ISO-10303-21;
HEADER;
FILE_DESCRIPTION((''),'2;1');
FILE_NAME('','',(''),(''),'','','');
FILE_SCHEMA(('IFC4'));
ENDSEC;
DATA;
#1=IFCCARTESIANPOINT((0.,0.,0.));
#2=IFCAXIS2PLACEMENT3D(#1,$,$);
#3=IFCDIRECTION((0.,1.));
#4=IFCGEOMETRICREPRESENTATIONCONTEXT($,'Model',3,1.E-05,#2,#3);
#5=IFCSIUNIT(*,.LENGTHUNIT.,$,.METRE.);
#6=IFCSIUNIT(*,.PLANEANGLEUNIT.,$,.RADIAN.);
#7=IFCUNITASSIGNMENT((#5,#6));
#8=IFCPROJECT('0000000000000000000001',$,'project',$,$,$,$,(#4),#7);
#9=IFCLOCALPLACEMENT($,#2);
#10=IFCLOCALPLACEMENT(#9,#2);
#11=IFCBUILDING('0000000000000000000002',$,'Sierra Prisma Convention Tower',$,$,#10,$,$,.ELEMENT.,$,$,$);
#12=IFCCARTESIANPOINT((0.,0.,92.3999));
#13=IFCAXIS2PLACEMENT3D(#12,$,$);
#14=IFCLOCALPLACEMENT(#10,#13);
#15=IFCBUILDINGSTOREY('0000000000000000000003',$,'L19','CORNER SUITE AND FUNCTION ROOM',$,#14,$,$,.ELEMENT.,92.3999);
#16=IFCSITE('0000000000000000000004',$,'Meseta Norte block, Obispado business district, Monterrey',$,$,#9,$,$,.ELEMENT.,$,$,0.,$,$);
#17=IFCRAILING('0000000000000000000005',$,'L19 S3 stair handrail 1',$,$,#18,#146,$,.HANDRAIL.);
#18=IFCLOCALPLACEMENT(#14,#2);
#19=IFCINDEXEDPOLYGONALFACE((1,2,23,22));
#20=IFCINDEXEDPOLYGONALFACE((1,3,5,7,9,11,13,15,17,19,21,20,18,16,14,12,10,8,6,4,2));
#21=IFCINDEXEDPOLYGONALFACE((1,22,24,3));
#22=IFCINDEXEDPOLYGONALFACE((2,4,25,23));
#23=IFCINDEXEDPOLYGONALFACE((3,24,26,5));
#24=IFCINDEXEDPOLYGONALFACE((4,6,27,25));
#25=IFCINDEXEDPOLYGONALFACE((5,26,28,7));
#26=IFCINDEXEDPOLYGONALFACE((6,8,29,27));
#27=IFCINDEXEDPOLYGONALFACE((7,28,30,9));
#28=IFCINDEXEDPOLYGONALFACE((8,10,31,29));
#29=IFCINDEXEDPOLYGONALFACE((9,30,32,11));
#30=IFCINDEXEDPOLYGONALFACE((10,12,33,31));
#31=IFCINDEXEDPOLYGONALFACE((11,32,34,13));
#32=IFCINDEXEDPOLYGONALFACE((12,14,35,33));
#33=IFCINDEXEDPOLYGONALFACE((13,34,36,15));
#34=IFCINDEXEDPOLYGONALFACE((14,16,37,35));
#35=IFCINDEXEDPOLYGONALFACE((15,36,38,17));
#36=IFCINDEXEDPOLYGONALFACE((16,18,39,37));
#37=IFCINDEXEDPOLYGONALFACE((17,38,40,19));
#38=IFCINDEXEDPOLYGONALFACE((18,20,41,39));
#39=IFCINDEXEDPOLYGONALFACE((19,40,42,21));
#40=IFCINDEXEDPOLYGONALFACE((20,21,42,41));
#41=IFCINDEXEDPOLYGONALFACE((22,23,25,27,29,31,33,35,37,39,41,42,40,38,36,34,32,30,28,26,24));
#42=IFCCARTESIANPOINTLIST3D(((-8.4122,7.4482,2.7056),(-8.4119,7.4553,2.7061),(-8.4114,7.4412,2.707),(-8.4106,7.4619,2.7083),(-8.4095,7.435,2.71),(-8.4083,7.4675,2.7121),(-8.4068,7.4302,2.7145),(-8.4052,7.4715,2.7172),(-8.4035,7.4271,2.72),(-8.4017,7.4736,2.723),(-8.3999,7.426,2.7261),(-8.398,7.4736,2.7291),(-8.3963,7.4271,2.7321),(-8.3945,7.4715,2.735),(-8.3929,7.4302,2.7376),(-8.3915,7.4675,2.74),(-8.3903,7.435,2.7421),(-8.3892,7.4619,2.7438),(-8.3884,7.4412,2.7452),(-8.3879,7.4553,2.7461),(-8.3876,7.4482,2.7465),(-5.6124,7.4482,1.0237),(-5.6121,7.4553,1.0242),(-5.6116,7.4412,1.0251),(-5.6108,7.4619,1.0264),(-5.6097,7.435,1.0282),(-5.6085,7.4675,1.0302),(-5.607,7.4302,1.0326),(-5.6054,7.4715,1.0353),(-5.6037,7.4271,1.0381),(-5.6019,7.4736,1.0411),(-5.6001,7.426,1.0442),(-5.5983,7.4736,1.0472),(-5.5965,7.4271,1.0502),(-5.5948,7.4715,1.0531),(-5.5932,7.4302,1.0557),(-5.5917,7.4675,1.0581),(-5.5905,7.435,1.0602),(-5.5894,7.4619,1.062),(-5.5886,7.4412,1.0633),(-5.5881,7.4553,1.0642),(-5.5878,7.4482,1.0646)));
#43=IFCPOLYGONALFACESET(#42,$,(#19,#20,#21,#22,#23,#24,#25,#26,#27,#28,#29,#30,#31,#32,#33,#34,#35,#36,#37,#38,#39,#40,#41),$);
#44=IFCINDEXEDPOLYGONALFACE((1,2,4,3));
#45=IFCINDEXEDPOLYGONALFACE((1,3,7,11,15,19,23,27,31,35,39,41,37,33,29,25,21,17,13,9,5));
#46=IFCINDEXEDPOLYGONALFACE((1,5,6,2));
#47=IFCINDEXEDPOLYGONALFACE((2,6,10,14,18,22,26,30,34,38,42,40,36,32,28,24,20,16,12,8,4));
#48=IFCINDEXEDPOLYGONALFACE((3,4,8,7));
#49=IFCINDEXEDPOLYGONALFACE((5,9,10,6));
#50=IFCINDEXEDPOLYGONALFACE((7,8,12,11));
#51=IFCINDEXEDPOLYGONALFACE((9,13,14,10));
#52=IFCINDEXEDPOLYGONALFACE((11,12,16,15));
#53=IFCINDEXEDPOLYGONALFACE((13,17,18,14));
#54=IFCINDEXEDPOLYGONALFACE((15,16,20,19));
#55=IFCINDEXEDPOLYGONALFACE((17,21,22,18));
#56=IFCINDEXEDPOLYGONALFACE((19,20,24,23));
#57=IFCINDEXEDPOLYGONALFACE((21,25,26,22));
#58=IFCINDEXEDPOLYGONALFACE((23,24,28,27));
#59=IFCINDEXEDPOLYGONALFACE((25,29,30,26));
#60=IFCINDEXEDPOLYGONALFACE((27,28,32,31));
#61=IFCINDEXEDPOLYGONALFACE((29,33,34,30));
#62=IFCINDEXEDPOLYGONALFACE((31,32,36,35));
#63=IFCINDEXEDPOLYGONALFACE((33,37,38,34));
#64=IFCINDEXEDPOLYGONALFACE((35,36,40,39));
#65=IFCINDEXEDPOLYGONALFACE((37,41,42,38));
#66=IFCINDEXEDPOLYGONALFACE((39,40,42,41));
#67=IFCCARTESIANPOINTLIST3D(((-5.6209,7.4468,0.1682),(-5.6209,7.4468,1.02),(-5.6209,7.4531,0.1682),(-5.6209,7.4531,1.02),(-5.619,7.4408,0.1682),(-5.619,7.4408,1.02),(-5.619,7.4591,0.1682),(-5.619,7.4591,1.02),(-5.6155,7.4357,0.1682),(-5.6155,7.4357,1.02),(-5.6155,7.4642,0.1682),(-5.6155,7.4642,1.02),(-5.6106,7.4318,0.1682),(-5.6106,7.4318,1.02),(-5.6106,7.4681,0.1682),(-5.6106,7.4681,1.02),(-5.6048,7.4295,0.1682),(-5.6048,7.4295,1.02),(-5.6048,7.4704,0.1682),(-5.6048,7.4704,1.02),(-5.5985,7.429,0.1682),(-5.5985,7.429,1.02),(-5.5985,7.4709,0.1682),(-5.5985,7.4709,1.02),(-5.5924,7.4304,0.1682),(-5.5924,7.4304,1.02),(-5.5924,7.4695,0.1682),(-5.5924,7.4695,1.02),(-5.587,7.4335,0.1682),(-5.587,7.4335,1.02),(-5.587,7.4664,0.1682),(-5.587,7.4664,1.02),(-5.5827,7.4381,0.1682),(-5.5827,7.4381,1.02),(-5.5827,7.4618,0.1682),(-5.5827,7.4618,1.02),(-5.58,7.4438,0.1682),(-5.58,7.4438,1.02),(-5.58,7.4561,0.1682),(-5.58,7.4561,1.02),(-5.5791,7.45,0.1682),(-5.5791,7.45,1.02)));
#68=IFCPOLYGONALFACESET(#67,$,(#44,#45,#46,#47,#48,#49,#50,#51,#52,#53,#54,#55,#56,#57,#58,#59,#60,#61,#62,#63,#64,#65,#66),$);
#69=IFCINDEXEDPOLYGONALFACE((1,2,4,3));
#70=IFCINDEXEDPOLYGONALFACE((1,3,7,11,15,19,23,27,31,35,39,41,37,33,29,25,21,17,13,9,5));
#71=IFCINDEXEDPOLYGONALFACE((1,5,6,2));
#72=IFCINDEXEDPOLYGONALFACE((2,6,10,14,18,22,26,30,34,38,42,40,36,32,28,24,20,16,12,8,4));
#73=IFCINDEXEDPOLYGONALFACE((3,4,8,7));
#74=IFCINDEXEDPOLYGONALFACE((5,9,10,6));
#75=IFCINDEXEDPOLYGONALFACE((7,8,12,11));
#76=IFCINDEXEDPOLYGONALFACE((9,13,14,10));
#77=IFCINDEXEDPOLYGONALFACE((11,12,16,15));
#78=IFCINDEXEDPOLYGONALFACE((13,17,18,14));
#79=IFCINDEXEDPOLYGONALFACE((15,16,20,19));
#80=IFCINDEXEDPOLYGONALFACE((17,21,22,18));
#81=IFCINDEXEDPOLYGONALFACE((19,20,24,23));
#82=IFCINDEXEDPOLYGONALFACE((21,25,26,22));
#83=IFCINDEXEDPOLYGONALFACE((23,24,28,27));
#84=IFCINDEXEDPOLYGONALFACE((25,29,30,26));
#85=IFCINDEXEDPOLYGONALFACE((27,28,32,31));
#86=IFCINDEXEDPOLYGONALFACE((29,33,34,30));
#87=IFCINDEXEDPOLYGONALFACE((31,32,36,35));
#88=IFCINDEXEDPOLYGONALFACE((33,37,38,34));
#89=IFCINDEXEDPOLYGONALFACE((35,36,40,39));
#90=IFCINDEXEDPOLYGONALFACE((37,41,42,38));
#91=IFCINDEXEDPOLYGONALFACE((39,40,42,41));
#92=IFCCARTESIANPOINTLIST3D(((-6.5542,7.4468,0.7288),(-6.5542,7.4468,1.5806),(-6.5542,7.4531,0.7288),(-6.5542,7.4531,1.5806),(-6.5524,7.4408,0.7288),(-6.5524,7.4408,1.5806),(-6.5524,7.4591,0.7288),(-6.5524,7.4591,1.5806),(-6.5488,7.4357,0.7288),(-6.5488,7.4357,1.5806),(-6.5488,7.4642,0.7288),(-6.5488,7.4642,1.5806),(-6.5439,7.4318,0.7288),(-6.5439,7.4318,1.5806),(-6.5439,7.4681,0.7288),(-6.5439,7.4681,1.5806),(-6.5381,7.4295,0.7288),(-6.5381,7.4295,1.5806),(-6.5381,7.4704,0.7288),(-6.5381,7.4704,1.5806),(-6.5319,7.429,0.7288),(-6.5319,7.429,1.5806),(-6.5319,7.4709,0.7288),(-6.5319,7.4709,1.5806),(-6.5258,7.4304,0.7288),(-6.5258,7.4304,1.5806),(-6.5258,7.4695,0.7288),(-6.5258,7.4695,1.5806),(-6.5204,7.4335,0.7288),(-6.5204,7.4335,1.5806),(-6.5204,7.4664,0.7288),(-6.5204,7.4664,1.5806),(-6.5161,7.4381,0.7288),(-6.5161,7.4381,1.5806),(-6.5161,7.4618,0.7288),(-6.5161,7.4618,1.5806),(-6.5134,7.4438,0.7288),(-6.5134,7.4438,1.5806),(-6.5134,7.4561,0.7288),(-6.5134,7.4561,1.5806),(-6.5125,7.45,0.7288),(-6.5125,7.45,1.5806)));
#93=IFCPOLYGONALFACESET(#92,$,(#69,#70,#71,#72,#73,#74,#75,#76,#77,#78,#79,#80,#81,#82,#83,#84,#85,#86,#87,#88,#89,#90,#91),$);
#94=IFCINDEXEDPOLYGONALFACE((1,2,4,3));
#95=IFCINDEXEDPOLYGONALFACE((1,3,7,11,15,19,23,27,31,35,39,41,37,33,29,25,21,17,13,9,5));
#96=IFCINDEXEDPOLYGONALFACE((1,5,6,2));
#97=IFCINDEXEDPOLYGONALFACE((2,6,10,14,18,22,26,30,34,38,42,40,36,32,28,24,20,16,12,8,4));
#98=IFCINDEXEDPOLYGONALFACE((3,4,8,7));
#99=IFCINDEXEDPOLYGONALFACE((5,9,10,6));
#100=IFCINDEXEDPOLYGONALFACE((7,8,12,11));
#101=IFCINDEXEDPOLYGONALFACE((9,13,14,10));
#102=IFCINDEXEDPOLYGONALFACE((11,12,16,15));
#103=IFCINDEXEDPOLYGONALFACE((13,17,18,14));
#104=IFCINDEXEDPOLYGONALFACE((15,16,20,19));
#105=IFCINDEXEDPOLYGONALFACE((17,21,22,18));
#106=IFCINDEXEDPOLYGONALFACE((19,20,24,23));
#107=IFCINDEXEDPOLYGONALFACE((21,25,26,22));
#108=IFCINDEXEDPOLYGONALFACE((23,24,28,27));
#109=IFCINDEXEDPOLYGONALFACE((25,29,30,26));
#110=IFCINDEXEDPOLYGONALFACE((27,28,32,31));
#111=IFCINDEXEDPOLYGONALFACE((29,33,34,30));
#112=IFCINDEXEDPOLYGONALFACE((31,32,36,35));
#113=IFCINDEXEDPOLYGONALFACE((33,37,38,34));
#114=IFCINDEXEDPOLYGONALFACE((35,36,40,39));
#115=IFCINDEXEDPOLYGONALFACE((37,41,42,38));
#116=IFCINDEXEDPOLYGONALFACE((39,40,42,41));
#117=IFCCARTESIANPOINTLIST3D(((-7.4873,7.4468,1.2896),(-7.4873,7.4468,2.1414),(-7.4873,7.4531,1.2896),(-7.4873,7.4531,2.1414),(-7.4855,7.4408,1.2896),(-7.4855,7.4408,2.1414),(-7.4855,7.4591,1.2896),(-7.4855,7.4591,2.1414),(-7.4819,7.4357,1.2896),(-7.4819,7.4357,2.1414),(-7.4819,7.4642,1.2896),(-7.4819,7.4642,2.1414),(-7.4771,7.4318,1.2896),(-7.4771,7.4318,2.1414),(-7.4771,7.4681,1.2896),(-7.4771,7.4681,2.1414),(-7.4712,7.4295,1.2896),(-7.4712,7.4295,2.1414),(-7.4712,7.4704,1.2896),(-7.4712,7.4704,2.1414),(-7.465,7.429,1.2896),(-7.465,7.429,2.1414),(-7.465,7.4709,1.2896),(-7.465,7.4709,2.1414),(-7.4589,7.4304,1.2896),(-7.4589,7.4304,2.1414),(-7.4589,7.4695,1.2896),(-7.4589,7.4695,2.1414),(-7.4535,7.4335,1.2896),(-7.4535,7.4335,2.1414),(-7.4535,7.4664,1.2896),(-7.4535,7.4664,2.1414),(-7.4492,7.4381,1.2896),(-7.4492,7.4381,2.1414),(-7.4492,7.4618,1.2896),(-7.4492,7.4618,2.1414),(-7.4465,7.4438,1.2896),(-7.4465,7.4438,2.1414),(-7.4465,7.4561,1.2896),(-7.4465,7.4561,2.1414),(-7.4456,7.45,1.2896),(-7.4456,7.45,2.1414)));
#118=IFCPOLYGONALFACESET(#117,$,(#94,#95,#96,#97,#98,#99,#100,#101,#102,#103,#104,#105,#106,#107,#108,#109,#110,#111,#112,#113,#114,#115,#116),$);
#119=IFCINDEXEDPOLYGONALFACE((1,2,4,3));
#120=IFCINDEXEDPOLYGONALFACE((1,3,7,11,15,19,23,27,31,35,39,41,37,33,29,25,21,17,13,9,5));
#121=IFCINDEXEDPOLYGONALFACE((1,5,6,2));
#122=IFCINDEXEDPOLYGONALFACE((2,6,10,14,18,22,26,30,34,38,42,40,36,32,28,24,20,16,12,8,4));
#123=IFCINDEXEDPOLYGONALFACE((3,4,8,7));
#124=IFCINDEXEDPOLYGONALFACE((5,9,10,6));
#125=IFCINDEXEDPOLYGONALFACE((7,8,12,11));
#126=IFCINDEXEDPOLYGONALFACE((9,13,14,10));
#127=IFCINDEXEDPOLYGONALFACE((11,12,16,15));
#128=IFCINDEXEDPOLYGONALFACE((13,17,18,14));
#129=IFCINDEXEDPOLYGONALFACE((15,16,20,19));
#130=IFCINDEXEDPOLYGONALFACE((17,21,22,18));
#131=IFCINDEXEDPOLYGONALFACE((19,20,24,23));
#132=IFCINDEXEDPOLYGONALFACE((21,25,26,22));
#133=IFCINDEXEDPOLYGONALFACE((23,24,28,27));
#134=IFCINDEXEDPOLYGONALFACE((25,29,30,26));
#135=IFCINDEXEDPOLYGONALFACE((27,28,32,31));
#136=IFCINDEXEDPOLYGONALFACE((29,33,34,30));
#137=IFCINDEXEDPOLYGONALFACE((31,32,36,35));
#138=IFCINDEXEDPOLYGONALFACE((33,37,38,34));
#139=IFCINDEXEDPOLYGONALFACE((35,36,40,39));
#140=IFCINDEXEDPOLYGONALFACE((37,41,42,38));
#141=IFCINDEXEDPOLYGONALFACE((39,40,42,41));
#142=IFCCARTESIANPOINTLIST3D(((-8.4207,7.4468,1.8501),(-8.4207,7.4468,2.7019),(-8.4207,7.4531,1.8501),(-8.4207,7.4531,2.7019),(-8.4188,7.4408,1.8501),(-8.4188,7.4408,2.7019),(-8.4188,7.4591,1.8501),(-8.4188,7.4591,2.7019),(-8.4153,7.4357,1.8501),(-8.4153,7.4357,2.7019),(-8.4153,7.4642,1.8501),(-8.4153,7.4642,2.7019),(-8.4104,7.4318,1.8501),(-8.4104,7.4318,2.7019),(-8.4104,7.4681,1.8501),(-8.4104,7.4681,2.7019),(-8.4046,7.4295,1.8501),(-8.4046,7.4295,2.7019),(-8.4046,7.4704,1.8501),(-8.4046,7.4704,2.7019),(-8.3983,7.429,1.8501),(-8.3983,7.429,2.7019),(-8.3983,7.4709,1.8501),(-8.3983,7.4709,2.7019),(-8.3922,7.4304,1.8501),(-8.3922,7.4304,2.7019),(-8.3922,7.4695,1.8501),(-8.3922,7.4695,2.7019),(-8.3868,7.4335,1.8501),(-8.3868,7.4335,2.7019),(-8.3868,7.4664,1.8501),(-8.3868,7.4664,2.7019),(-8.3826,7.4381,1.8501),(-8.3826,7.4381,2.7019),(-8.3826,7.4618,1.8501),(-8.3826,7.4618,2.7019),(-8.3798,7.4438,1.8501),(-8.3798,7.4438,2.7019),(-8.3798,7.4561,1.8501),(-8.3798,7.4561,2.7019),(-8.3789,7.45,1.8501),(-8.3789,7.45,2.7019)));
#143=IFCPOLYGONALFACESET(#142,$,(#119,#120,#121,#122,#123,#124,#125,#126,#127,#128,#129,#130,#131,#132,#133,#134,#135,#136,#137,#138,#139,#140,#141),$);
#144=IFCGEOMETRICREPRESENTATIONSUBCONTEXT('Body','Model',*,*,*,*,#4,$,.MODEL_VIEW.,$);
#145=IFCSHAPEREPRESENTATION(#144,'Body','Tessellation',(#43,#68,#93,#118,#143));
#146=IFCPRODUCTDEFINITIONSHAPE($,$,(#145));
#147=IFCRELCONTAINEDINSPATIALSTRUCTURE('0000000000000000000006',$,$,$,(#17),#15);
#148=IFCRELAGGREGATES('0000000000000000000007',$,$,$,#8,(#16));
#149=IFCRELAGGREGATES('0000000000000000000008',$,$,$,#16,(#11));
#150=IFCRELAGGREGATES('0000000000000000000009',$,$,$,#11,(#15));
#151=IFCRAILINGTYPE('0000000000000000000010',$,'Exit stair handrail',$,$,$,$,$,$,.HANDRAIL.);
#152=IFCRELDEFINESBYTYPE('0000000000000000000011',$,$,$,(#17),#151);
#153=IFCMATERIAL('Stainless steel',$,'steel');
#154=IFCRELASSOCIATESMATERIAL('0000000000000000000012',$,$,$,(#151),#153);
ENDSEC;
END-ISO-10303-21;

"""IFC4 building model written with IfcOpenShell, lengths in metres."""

from ifc_helpers import new_model, si_unit, direction, frame, origin, origin_2d, place, context, subcontext, project, spatial, circle, extrude, material, type_object, element, save


model = new_model("IFC4")

# Units and contexts
model_context = context("Model", 3, precision=1e-05, world=origin(), true_north=direction((0.0, 1.0)))
body_context = subcontext(model_context, "Body", "Model", "MODEL_VIEW")
ifc_project = project(units=[si_unit("LENGTHUNIT", "METRE"), si_unit("PLANEANGLEUNIT", "RADIAN")], contexts=[model_context])

# Site, building, storey
site_placement = place(None, origin())
site = spatial("IfcSite", under=ifc_project, at=site_placement, Name="Meseta Norte block, Obispado business district, Monterrey", CompositionType="ELEMENT", RefElevation=0.0)
building_placement = place(site_placement, origin())
building = spatial("IfcBuilding", under=site, at=building_placement, Name="Sierra Prisma Convention Tower", CompositionType="ELEMENT")
storey_placement = place(building_placement, frame((0.0, 0.0, 92.3999)))
storey = spatial("IfcBuildingStorey", under=building, at=storey_placement, Name="L19", Description="CORNER SUITE AND FUNCTION ROOM", CompositionType="ELEMENT", Elevation=92.3999)

# Railing
ifc_material_1 = material(Name="Stainless steel", Category="steel")
railing_type_1 = type_object("IfcRailingType", Name="Exit stair handrail", PredefinedType="HANDRAIL", material=ifc_material_1)
railing_1_placement = place(storey_placement, frame((-5.6001, 7.45, 0.1682)))
element("IfcRailing", 1, at=railing_1_placement, inside=storey, type_object=railing_type_1, Name="L19 S3 stair handrail 1", PredefinedType="HANDRAIL", context=body_context, shape_type="SweptSolid", body=[
    extrude(circle(Radius=0.0239, at=origin_2d()), frame((0.0, 0.0, 0.876), z_axis=(-0.857222, 0.0, 0.514946), x_axis=(0.0, -1.0, 0.0)), (0.0, 0.0, 1.0), 3.2661),
    extrude(circle(Radius=0.021, at=origin_2d()), origin(), (0.0, 0.0, 1.0), 0.8518),
    extrude(circle(Radius=0.021, at=origin_2d()), frame((-0.9333, 0.0, 0.5605)), (0.0, 0.0, 1.0), 0.8518),
    extrude(circle(Radius=0.021, at=origin_2d()), frame((-1.8665, 0.0, 1.1213)), (0.0, 0.0, 1.0), 0.8518),
    extrude(circle(Radius=0.021, at=origin_2d()), frame((-2.7998, 0.0, 1.6819)), (0.0, 0.0, 1.0), 0.8518),
])

save(model, "model.ifc")
